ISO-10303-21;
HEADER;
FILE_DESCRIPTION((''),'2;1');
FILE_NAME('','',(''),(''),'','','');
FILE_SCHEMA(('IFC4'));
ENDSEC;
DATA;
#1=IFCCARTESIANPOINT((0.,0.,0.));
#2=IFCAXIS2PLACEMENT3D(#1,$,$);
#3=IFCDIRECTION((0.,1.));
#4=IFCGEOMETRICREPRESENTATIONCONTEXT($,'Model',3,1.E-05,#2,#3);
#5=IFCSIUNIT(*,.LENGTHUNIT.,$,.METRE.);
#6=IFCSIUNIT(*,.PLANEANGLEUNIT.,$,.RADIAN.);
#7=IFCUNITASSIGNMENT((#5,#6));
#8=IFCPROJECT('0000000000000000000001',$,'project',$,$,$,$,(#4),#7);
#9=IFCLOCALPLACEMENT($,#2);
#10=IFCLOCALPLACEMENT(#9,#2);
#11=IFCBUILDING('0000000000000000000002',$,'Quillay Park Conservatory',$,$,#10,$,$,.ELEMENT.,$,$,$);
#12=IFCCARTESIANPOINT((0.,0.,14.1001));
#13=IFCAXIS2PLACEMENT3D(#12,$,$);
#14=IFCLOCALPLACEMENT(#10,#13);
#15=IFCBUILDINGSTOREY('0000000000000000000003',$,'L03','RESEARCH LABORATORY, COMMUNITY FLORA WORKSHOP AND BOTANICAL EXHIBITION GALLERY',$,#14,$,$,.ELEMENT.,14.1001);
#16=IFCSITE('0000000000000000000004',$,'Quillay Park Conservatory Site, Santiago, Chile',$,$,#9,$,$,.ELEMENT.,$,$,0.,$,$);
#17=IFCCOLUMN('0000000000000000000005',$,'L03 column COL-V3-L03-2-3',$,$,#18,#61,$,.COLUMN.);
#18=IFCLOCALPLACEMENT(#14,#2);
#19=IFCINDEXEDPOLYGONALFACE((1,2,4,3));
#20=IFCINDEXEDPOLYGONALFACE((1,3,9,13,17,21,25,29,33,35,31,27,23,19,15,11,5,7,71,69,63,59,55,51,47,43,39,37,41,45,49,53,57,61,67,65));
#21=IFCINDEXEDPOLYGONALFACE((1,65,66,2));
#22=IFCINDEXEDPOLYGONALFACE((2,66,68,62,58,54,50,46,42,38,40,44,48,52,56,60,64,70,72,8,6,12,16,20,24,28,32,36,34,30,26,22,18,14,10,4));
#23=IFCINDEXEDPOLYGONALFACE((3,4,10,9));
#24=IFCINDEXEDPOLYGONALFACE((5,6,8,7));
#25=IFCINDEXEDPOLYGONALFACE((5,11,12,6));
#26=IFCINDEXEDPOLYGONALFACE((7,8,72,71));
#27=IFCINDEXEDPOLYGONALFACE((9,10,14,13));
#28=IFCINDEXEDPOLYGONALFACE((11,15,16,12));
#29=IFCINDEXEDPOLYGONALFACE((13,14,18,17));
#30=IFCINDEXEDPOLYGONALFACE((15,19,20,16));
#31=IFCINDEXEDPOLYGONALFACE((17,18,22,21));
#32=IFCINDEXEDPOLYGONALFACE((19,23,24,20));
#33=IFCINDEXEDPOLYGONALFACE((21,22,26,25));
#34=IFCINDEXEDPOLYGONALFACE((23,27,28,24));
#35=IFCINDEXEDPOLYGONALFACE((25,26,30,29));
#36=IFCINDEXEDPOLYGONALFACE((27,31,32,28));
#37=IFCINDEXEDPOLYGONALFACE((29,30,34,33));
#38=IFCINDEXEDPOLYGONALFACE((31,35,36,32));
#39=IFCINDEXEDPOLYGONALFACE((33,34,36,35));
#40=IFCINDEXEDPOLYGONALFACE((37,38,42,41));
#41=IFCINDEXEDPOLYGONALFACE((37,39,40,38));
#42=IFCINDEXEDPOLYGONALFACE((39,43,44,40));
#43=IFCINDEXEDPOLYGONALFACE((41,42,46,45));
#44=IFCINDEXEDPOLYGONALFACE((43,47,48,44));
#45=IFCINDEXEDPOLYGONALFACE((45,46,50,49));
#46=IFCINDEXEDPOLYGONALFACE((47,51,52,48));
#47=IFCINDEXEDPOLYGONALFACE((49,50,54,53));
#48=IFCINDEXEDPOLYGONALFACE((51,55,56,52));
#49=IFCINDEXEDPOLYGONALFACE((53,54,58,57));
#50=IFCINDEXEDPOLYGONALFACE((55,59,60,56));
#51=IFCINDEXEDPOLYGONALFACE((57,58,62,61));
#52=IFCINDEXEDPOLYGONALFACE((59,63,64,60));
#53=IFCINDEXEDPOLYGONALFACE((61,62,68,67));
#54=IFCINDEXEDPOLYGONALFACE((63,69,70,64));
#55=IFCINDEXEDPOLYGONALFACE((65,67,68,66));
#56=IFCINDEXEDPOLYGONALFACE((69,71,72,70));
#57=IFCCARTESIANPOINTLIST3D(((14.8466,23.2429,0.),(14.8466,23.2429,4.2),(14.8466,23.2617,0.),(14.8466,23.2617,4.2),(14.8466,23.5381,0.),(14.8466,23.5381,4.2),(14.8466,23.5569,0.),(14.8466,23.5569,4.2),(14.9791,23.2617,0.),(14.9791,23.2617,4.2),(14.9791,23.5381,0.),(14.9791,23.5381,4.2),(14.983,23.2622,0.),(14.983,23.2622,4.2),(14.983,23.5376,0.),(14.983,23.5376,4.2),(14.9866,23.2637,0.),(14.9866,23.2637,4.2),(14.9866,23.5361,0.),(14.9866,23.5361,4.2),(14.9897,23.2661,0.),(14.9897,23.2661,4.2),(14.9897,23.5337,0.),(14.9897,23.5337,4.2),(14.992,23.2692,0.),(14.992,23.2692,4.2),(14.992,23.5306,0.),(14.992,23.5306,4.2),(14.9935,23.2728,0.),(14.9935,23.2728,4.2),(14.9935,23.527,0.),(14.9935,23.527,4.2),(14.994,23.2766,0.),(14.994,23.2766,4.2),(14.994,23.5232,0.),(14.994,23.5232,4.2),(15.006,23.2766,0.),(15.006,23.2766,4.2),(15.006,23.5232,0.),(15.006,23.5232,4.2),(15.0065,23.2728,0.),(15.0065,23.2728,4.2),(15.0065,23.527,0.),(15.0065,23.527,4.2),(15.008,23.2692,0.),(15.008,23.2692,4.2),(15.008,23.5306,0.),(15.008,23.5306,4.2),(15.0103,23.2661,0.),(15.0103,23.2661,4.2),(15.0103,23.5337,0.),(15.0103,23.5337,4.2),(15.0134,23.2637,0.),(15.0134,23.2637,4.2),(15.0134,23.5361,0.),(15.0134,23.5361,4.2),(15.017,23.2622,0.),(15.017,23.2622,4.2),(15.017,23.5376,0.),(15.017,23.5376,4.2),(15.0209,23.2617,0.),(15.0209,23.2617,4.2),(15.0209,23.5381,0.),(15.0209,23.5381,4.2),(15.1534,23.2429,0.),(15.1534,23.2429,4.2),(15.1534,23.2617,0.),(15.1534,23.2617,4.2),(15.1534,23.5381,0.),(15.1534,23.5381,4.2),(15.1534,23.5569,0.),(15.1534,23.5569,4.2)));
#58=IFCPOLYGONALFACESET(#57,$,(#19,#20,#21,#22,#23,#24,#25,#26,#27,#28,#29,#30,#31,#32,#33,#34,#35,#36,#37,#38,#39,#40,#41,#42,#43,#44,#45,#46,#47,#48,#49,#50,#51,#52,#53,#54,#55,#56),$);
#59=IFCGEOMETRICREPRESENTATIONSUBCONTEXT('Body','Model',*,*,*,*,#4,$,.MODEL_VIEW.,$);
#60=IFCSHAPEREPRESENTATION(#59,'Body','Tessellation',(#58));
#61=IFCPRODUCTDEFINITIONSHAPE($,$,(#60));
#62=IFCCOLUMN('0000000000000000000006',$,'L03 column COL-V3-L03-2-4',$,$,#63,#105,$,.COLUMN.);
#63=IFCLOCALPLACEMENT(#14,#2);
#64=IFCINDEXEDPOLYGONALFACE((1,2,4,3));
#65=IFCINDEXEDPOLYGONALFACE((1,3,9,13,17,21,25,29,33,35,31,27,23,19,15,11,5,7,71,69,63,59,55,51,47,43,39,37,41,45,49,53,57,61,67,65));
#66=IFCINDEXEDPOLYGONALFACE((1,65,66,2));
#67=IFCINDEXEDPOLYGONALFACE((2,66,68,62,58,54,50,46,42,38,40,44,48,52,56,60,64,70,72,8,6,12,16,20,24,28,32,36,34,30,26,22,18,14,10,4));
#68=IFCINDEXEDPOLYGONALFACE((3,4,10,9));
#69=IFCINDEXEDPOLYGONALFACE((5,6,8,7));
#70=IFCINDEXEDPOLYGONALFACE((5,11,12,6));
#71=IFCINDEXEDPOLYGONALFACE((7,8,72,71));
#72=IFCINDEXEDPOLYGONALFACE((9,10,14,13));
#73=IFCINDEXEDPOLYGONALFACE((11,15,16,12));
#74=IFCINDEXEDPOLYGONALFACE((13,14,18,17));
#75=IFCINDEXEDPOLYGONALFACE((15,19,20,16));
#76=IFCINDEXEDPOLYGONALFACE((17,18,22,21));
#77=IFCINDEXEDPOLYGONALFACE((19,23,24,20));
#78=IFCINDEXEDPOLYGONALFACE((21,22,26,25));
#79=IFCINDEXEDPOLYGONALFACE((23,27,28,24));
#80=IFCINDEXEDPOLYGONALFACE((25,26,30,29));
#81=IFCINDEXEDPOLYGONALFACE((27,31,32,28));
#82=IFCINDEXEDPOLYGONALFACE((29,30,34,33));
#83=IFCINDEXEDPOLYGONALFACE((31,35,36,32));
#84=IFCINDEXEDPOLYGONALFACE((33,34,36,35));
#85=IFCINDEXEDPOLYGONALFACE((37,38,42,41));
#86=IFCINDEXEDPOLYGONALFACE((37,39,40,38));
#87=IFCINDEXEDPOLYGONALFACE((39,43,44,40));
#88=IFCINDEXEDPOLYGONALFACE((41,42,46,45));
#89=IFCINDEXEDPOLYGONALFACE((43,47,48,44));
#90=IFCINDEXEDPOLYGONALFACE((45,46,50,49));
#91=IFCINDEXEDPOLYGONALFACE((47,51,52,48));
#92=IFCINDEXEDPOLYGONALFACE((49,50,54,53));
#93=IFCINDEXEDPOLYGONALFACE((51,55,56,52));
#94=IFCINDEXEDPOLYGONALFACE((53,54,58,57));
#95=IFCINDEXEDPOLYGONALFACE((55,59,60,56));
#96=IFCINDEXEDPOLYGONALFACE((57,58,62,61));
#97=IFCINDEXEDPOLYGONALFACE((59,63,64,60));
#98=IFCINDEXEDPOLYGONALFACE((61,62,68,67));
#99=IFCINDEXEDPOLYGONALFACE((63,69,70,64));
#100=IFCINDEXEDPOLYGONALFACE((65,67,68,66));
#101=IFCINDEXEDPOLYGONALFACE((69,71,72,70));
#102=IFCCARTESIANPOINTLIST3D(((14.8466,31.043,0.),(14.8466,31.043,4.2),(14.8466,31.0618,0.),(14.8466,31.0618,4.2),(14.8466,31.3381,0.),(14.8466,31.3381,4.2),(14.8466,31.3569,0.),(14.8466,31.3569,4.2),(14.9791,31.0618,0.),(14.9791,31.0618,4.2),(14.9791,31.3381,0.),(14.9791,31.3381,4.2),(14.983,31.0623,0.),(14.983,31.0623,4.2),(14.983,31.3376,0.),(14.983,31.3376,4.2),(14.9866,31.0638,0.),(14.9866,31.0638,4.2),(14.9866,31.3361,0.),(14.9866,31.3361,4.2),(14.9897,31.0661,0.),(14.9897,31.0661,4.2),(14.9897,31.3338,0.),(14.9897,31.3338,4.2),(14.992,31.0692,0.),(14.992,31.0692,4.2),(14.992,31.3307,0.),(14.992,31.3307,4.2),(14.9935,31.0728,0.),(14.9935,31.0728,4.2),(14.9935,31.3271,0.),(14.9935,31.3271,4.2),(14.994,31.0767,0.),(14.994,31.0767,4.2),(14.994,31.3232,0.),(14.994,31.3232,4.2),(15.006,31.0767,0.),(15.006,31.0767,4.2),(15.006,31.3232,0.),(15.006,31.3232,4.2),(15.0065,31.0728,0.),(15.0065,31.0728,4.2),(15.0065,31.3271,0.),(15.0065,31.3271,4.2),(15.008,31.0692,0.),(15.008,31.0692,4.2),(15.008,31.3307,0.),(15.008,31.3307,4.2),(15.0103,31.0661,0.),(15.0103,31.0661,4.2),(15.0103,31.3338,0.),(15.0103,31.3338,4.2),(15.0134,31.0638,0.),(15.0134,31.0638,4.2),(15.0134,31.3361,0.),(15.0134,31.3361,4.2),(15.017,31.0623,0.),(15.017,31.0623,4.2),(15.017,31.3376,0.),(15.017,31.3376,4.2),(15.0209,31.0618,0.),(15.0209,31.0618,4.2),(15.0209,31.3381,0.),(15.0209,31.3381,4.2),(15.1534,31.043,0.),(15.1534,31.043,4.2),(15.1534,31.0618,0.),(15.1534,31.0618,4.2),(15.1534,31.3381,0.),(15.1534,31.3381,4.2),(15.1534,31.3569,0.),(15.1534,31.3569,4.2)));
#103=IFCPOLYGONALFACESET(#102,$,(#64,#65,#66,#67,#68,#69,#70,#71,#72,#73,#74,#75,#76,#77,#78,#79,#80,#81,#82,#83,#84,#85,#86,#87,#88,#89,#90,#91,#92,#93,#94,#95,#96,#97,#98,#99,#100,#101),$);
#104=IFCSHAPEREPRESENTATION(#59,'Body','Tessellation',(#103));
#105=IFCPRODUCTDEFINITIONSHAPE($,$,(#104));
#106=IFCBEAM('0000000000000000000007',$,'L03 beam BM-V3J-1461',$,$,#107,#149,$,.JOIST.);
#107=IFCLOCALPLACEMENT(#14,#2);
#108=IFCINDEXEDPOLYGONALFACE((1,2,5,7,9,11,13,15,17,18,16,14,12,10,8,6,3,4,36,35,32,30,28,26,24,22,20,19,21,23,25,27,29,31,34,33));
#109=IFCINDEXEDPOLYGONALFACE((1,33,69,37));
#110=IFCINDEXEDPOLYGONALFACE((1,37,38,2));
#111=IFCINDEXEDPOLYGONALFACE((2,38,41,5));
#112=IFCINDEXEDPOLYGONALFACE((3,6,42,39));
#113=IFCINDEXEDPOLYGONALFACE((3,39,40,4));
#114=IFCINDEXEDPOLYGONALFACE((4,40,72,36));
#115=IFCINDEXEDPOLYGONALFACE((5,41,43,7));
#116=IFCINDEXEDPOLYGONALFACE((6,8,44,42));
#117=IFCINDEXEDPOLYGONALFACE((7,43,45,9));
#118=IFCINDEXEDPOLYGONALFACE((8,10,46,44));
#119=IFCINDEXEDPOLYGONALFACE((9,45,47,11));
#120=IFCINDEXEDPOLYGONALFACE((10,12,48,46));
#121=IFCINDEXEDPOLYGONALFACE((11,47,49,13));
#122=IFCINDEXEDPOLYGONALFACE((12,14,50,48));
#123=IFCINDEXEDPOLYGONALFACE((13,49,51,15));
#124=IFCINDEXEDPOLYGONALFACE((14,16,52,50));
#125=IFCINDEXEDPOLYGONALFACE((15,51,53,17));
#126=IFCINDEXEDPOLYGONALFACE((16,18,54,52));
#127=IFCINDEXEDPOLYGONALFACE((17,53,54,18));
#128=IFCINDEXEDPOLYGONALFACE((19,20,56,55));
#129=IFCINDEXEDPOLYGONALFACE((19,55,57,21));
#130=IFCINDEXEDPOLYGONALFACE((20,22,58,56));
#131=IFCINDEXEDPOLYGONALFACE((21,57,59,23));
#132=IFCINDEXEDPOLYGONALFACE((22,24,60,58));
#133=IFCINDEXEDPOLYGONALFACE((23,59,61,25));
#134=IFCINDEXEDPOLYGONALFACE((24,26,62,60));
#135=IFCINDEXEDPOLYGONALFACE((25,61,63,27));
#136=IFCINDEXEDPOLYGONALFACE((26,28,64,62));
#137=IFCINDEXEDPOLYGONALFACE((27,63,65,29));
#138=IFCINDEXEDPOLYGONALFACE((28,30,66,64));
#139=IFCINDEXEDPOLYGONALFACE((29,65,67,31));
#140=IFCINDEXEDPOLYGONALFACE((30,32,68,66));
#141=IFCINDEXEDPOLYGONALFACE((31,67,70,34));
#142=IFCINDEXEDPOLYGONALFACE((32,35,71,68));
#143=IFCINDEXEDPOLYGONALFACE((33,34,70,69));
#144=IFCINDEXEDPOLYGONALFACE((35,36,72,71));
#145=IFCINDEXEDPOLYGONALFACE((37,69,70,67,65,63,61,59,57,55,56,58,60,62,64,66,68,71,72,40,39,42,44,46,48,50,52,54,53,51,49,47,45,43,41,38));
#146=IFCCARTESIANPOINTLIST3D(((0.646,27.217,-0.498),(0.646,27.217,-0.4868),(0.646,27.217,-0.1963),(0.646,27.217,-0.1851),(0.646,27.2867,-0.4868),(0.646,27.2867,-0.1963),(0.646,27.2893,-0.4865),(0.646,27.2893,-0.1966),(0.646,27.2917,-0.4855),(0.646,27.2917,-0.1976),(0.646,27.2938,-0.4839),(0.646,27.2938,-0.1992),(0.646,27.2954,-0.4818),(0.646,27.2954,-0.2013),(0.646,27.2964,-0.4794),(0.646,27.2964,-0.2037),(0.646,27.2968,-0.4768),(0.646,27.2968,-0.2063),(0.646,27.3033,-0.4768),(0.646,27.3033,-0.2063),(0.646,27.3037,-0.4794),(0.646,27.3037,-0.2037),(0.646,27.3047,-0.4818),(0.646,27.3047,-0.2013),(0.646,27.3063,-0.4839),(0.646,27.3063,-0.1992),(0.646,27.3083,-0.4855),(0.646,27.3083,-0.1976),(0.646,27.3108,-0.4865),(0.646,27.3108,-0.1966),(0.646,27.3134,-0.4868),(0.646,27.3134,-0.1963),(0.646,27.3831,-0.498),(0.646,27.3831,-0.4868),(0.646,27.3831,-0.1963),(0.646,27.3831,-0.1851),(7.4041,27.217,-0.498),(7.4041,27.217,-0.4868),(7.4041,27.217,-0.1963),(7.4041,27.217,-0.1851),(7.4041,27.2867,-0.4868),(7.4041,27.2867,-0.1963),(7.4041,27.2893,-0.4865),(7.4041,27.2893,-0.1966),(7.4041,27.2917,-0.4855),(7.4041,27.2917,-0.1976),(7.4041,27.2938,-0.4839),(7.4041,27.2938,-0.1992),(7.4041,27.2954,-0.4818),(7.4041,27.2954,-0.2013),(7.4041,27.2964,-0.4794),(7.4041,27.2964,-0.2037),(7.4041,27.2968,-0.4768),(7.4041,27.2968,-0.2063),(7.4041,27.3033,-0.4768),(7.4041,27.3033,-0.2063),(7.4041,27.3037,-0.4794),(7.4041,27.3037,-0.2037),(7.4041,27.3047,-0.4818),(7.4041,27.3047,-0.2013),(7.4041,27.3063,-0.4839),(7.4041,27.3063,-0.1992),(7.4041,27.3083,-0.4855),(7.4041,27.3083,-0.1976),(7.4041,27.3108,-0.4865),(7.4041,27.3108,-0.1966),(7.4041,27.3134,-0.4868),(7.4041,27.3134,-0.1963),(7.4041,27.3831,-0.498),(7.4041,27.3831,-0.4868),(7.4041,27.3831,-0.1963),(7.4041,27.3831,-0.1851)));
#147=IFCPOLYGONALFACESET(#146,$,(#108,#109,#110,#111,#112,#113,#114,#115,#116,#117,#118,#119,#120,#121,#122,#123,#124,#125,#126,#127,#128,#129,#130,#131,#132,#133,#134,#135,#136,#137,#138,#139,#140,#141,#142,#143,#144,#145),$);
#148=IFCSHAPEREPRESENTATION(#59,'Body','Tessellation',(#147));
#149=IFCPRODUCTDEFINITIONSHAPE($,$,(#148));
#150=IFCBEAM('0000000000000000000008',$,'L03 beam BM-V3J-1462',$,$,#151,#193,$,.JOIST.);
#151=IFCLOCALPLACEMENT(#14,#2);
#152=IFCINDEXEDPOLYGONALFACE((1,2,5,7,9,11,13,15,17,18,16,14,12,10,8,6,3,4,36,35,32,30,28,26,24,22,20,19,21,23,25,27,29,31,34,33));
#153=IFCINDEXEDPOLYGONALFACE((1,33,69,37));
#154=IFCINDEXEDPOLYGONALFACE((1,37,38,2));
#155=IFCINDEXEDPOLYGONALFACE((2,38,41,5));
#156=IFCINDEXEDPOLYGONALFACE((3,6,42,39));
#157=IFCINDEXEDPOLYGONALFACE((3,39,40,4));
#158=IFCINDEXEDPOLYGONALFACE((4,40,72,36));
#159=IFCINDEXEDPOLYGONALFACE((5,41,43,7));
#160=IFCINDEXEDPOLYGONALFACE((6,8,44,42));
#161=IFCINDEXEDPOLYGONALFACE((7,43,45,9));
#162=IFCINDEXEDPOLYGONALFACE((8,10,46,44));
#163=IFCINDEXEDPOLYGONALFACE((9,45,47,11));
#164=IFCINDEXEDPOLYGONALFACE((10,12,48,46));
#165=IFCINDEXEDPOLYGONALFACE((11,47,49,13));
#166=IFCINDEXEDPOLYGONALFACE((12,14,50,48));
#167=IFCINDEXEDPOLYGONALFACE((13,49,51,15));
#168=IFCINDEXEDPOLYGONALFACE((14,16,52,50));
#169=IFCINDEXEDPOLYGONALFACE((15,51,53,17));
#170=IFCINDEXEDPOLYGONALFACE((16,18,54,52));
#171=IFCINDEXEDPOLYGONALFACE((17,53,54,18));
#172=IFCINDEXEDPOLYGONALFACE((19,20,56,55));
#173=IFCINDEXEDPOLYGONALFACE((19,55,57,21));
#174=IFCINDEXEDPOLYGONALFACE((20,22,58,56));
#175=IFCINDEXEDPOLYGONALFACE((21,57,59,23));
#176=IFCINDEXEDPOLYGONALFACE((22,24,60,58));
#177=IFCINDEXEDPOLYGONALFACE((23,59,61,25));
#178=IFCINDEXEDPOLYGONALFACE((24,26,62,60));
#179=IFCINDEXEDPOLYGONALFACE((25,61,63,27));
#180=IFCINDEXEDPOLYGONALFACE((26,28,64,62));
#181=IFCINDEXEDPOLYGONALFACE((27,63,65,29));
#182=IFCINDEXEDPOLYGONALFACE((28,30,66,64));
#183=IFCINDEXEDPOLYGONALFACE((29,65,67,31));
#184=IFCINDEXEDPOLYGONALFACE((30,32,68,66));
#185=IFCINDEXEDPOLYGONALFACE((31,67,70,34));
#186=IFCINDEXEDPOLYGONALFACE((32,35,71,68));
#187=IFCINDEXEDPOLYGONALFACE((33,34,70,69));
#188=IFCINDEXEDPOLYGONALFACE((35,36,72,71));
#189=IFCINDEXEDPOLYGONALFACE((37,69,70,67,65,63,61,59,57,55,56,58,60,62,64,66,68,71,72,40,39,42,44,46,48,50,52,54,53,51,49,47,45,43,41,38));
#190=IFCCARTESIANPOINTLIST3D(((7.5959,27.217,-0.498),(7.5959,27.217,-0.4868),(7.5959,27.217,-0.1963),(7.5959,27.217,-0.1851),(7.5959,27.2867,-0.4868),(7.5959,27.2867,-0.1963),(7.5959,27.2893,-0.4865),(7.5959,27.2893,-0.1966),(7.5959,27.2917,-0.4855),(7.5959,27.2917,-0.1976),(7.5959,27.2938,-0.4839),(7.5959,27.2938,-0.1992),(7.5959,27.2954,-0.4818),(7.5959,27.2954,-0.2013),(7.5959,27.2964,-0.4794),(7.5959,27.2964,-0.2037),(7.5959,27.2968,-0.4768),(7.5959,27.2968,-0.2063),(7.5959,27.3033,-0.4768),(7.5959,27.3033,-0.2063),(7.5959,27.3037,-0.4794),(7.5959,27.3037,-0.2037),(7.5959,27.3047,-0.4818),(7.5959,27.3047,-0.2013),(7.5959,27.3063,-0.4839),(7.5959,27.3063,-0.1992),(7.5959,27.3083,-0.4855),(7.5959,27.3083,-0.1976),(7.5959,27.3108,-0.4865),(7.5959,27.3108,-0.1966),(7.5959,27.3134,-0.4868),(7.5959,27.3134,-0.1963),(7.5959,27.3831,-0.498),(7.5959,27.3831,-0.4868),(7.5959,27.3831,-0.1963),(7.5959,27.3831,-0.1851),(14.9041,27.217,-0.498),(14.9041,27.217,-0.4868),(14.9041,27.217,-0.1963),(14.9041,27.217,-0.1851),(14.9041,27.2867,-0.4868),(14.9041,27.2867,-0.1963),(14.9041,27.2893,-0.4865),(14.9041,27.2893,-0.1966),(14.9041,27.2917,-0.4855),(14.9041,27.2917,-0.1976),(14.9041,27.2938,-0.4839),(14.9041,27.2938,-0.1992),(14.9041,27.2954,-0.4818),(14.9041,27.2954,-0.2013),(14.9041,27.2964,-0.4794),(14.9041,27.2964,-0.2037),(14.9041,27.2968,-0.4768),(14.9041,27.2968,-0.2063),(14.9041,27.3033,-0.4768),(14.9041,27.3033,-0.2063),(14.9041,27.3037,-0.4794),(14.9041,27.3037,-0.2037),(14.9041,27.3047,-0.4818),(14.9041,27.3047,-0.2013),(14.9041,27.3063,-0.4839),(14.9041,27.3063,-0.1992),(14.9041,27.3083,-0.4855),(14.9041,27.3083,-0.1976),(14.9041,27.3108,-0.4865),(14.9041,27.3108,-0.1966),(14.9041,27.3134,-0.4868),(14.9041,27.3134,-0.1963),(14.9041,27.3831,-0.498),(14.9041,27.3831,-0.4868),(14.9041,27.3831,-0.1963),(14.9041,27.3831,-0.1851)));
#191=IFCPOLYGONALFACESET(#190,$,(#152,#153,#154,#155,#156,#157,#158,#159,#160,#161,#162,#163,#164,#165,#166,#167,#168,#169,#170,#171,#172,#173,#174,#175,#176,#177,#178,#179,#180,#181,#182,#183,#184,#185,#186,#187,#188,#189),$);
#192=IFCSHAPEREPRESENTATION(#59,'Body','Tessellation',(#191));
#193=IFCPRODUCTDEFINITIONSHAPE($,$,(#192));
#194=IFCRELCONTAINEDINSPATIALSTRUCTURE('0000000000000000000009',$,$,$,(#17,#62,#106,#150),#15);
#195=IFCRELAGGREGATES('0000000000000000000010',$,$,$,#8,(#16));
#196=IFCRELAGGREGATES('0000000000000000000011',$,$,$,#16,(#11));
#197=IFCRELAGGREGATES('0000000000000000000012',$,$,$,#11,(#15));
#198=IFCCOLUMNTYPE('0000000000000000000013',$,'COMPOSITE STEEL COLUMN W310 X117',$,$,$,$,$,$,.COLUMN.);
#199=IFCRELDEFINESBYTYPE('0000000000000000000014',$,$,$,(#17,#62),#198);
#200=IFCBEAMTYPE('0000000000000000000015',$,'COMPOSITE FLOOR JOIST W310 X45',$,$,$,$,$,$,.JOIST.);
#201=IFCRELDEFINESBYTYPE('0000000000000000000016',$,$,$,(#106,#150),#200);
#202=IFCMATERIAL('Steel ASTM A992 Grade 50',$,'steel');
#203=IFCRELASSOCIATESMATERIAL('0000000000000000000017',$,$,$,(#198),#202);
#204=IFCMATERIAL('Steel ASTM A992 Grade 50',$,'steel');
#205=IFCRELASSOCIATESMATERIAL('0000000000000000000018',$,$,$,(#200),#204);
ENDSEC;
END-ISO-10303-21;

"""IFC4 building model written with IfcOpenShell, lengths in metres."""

from ifc_helpers import new_model, si_unit, direction, frame, origin, origin_2d, place, context, subcontext, project, spatial, i_section, extrude, material, material_profile, profile_set, type_object, element, save


model = new_model("IFC4")

# Units and contexts
model_context = context("Model", 3, precision=1e-05, world=origin(), true_north=direction((0.0, 1.0)))
body_context = subcontext(model_context, "Body", "Model", "MODEL_VIEW")
ifc_project = project(units=[si_unit("LENGTHUNIT", "METRE"), si_unit("PLANEANGLEUNIT", "RADIAN")], contexts=[model_context])

# Site, building, storey
site_placement = place(None, origin())
site = spatial("IfcSite", under=ifc_project, at=site_placement, Name="Quillay Park Conservatory Site, Santiago, Chile", CompositionType="ELEMENT", RefElevation=0.0)
building_placement = place(site_placement, origin())
building = spatial("IfcBuilding", under=site, at=building_placement, Name="Quillay Park Conservatory", CompositionType="ELEMENT")
storey_placement = place(building_placement, frame((0.0, 0.0, 14.1001)))
storey = spatial("IfcBuildingStorey", under=building, at=storey_placement, Name="L03", Description="RESEARCH LABORATORY, COMMUNITY FLORA WORKSHOP AND BOTANICAL EXHIBITION GALLERY", CompositionType="ELEMENT", Elevation=14.1001)

# Columns
ifc_material_1 = material(Name="Steel ASTM A992 Grade 50", Category="steel")
ifc_material_profile_1 = material_profile(ifc_material_1, i_section(OverallWidth=0.3069, OverallDepth=0.314, WebThickness=0.012, FlangeThickness=0.0188, FilletRadius=0.0149, at=origin_2d()), Name="W310x117")
ifc_profile_set_1 = profile_set([ifc_material_profile_1], Name="Steel ASTM A992 Grade 50")
column_type = type_object("IfcColumnType", Name="COMPOSITE STEEL COLUMN W310 X117", PredefinedType="COLUMN", material=ifc_profile_set_1)
for number, where, z_axis, x_axis, name in (
    (1, (15.0, 23.3999, 0.0), (0.0, 0.0, 1.0), (1.0, 0.0, 0.0), "L03 column COL-V3-L03-2-3"),
    (2, (15.0, 31.2, 0.0), (0.0, 0.0, 1.0), (1.0, 0.0, 0.0), "L03 column COL-V3-L03-2-4"),
):
    element("IfcColumn", number, at=place(storey_placement, frame(where, z_axis=z_axis, x_axis=x_axis)), inside=storey, type_object=column_type, Name=name, PredefinedType="COLUMN", context=body_context, shape_type="SweptSolid", body=[
        extrude(i_section(OverallWidth=0.3069, OverallDepth=0.314, WebThickness=0.012, FlangeThickness=0.0188, FilletRadius=0.0149, at=origin_2d()), origin(), (0.0, 0.0, 1.0), 4.2),
    ])

# Beams
ifc_material_2 = material(Name="Steel ASTM A992 Grade 50", Category="steel")
ifc_material_profile_2 = material_profile(ifc_material_2, i_section(OverallWidth=0.166, OverallDepth=0.313, WebThickness=0.0066, FlangeThickness=0.0112, FilletRadius=0.01, at=origin_2d()), Name="W310x45")
ifc_profile_set_2 = profile_set([ifc_material_profile_2], Name="Steel ASTM A992 Grade 50")
beam_type_1 = type_object("IfcBeamType", Name="COMPOSITE FLOOR JOIST W310 X45", PredefinedType="JOIST", material=ifc_profile_set_2)
beam_1_placement = place(storey_placement, frame((0.646, 27.3, -0.3416), z_axis=(1.0, 0.0, 0.0), x_axis=(0.0, 1.0, 0.0)))
element("IfcBeam", 3, at=beam_1_placement, inside=storey, type_object=beam_type_1, Name="L03 beam BM-V3J-1461", PredefinedType="JOIST", context=body_context, shape_type="SweptSolid", body=[
    extrude(i_section(OverallWidth=0.166, OverallDepth=0.313, WebThickness=0.0066, FlangeThickness=0.0112, FilletRadius=0.01, at=origin_2d()), origin(), (0.0, 0.0, 1.0), 6.7581),
])
beam_2_placement = place(storey_placement, frame((7.5959, 27.3, -0.3416), z_axis=(1.0, 0.0, 0.0), x_axis=(0.0, 1.0, 0.0)))
element("IfcBeam", 4, at=beam_2_placement, inside=storey, type_object=beam_type_1, Name="L03 beam BM-V3J-1462", PredefinedType="JOIST", context=body_context, shape_type="SweptSolid", body=[
    extrude(i_section(OverallWidth=0.166, OverallDepth=0.313, WebThickness=0.0066, FlangeThickness=0.0112, FilletRadius=0.01, at=origin_2d()), origin(), (0.0, 0.0, 1.0), 7.3081),
])

save(model, "model.ifc")
